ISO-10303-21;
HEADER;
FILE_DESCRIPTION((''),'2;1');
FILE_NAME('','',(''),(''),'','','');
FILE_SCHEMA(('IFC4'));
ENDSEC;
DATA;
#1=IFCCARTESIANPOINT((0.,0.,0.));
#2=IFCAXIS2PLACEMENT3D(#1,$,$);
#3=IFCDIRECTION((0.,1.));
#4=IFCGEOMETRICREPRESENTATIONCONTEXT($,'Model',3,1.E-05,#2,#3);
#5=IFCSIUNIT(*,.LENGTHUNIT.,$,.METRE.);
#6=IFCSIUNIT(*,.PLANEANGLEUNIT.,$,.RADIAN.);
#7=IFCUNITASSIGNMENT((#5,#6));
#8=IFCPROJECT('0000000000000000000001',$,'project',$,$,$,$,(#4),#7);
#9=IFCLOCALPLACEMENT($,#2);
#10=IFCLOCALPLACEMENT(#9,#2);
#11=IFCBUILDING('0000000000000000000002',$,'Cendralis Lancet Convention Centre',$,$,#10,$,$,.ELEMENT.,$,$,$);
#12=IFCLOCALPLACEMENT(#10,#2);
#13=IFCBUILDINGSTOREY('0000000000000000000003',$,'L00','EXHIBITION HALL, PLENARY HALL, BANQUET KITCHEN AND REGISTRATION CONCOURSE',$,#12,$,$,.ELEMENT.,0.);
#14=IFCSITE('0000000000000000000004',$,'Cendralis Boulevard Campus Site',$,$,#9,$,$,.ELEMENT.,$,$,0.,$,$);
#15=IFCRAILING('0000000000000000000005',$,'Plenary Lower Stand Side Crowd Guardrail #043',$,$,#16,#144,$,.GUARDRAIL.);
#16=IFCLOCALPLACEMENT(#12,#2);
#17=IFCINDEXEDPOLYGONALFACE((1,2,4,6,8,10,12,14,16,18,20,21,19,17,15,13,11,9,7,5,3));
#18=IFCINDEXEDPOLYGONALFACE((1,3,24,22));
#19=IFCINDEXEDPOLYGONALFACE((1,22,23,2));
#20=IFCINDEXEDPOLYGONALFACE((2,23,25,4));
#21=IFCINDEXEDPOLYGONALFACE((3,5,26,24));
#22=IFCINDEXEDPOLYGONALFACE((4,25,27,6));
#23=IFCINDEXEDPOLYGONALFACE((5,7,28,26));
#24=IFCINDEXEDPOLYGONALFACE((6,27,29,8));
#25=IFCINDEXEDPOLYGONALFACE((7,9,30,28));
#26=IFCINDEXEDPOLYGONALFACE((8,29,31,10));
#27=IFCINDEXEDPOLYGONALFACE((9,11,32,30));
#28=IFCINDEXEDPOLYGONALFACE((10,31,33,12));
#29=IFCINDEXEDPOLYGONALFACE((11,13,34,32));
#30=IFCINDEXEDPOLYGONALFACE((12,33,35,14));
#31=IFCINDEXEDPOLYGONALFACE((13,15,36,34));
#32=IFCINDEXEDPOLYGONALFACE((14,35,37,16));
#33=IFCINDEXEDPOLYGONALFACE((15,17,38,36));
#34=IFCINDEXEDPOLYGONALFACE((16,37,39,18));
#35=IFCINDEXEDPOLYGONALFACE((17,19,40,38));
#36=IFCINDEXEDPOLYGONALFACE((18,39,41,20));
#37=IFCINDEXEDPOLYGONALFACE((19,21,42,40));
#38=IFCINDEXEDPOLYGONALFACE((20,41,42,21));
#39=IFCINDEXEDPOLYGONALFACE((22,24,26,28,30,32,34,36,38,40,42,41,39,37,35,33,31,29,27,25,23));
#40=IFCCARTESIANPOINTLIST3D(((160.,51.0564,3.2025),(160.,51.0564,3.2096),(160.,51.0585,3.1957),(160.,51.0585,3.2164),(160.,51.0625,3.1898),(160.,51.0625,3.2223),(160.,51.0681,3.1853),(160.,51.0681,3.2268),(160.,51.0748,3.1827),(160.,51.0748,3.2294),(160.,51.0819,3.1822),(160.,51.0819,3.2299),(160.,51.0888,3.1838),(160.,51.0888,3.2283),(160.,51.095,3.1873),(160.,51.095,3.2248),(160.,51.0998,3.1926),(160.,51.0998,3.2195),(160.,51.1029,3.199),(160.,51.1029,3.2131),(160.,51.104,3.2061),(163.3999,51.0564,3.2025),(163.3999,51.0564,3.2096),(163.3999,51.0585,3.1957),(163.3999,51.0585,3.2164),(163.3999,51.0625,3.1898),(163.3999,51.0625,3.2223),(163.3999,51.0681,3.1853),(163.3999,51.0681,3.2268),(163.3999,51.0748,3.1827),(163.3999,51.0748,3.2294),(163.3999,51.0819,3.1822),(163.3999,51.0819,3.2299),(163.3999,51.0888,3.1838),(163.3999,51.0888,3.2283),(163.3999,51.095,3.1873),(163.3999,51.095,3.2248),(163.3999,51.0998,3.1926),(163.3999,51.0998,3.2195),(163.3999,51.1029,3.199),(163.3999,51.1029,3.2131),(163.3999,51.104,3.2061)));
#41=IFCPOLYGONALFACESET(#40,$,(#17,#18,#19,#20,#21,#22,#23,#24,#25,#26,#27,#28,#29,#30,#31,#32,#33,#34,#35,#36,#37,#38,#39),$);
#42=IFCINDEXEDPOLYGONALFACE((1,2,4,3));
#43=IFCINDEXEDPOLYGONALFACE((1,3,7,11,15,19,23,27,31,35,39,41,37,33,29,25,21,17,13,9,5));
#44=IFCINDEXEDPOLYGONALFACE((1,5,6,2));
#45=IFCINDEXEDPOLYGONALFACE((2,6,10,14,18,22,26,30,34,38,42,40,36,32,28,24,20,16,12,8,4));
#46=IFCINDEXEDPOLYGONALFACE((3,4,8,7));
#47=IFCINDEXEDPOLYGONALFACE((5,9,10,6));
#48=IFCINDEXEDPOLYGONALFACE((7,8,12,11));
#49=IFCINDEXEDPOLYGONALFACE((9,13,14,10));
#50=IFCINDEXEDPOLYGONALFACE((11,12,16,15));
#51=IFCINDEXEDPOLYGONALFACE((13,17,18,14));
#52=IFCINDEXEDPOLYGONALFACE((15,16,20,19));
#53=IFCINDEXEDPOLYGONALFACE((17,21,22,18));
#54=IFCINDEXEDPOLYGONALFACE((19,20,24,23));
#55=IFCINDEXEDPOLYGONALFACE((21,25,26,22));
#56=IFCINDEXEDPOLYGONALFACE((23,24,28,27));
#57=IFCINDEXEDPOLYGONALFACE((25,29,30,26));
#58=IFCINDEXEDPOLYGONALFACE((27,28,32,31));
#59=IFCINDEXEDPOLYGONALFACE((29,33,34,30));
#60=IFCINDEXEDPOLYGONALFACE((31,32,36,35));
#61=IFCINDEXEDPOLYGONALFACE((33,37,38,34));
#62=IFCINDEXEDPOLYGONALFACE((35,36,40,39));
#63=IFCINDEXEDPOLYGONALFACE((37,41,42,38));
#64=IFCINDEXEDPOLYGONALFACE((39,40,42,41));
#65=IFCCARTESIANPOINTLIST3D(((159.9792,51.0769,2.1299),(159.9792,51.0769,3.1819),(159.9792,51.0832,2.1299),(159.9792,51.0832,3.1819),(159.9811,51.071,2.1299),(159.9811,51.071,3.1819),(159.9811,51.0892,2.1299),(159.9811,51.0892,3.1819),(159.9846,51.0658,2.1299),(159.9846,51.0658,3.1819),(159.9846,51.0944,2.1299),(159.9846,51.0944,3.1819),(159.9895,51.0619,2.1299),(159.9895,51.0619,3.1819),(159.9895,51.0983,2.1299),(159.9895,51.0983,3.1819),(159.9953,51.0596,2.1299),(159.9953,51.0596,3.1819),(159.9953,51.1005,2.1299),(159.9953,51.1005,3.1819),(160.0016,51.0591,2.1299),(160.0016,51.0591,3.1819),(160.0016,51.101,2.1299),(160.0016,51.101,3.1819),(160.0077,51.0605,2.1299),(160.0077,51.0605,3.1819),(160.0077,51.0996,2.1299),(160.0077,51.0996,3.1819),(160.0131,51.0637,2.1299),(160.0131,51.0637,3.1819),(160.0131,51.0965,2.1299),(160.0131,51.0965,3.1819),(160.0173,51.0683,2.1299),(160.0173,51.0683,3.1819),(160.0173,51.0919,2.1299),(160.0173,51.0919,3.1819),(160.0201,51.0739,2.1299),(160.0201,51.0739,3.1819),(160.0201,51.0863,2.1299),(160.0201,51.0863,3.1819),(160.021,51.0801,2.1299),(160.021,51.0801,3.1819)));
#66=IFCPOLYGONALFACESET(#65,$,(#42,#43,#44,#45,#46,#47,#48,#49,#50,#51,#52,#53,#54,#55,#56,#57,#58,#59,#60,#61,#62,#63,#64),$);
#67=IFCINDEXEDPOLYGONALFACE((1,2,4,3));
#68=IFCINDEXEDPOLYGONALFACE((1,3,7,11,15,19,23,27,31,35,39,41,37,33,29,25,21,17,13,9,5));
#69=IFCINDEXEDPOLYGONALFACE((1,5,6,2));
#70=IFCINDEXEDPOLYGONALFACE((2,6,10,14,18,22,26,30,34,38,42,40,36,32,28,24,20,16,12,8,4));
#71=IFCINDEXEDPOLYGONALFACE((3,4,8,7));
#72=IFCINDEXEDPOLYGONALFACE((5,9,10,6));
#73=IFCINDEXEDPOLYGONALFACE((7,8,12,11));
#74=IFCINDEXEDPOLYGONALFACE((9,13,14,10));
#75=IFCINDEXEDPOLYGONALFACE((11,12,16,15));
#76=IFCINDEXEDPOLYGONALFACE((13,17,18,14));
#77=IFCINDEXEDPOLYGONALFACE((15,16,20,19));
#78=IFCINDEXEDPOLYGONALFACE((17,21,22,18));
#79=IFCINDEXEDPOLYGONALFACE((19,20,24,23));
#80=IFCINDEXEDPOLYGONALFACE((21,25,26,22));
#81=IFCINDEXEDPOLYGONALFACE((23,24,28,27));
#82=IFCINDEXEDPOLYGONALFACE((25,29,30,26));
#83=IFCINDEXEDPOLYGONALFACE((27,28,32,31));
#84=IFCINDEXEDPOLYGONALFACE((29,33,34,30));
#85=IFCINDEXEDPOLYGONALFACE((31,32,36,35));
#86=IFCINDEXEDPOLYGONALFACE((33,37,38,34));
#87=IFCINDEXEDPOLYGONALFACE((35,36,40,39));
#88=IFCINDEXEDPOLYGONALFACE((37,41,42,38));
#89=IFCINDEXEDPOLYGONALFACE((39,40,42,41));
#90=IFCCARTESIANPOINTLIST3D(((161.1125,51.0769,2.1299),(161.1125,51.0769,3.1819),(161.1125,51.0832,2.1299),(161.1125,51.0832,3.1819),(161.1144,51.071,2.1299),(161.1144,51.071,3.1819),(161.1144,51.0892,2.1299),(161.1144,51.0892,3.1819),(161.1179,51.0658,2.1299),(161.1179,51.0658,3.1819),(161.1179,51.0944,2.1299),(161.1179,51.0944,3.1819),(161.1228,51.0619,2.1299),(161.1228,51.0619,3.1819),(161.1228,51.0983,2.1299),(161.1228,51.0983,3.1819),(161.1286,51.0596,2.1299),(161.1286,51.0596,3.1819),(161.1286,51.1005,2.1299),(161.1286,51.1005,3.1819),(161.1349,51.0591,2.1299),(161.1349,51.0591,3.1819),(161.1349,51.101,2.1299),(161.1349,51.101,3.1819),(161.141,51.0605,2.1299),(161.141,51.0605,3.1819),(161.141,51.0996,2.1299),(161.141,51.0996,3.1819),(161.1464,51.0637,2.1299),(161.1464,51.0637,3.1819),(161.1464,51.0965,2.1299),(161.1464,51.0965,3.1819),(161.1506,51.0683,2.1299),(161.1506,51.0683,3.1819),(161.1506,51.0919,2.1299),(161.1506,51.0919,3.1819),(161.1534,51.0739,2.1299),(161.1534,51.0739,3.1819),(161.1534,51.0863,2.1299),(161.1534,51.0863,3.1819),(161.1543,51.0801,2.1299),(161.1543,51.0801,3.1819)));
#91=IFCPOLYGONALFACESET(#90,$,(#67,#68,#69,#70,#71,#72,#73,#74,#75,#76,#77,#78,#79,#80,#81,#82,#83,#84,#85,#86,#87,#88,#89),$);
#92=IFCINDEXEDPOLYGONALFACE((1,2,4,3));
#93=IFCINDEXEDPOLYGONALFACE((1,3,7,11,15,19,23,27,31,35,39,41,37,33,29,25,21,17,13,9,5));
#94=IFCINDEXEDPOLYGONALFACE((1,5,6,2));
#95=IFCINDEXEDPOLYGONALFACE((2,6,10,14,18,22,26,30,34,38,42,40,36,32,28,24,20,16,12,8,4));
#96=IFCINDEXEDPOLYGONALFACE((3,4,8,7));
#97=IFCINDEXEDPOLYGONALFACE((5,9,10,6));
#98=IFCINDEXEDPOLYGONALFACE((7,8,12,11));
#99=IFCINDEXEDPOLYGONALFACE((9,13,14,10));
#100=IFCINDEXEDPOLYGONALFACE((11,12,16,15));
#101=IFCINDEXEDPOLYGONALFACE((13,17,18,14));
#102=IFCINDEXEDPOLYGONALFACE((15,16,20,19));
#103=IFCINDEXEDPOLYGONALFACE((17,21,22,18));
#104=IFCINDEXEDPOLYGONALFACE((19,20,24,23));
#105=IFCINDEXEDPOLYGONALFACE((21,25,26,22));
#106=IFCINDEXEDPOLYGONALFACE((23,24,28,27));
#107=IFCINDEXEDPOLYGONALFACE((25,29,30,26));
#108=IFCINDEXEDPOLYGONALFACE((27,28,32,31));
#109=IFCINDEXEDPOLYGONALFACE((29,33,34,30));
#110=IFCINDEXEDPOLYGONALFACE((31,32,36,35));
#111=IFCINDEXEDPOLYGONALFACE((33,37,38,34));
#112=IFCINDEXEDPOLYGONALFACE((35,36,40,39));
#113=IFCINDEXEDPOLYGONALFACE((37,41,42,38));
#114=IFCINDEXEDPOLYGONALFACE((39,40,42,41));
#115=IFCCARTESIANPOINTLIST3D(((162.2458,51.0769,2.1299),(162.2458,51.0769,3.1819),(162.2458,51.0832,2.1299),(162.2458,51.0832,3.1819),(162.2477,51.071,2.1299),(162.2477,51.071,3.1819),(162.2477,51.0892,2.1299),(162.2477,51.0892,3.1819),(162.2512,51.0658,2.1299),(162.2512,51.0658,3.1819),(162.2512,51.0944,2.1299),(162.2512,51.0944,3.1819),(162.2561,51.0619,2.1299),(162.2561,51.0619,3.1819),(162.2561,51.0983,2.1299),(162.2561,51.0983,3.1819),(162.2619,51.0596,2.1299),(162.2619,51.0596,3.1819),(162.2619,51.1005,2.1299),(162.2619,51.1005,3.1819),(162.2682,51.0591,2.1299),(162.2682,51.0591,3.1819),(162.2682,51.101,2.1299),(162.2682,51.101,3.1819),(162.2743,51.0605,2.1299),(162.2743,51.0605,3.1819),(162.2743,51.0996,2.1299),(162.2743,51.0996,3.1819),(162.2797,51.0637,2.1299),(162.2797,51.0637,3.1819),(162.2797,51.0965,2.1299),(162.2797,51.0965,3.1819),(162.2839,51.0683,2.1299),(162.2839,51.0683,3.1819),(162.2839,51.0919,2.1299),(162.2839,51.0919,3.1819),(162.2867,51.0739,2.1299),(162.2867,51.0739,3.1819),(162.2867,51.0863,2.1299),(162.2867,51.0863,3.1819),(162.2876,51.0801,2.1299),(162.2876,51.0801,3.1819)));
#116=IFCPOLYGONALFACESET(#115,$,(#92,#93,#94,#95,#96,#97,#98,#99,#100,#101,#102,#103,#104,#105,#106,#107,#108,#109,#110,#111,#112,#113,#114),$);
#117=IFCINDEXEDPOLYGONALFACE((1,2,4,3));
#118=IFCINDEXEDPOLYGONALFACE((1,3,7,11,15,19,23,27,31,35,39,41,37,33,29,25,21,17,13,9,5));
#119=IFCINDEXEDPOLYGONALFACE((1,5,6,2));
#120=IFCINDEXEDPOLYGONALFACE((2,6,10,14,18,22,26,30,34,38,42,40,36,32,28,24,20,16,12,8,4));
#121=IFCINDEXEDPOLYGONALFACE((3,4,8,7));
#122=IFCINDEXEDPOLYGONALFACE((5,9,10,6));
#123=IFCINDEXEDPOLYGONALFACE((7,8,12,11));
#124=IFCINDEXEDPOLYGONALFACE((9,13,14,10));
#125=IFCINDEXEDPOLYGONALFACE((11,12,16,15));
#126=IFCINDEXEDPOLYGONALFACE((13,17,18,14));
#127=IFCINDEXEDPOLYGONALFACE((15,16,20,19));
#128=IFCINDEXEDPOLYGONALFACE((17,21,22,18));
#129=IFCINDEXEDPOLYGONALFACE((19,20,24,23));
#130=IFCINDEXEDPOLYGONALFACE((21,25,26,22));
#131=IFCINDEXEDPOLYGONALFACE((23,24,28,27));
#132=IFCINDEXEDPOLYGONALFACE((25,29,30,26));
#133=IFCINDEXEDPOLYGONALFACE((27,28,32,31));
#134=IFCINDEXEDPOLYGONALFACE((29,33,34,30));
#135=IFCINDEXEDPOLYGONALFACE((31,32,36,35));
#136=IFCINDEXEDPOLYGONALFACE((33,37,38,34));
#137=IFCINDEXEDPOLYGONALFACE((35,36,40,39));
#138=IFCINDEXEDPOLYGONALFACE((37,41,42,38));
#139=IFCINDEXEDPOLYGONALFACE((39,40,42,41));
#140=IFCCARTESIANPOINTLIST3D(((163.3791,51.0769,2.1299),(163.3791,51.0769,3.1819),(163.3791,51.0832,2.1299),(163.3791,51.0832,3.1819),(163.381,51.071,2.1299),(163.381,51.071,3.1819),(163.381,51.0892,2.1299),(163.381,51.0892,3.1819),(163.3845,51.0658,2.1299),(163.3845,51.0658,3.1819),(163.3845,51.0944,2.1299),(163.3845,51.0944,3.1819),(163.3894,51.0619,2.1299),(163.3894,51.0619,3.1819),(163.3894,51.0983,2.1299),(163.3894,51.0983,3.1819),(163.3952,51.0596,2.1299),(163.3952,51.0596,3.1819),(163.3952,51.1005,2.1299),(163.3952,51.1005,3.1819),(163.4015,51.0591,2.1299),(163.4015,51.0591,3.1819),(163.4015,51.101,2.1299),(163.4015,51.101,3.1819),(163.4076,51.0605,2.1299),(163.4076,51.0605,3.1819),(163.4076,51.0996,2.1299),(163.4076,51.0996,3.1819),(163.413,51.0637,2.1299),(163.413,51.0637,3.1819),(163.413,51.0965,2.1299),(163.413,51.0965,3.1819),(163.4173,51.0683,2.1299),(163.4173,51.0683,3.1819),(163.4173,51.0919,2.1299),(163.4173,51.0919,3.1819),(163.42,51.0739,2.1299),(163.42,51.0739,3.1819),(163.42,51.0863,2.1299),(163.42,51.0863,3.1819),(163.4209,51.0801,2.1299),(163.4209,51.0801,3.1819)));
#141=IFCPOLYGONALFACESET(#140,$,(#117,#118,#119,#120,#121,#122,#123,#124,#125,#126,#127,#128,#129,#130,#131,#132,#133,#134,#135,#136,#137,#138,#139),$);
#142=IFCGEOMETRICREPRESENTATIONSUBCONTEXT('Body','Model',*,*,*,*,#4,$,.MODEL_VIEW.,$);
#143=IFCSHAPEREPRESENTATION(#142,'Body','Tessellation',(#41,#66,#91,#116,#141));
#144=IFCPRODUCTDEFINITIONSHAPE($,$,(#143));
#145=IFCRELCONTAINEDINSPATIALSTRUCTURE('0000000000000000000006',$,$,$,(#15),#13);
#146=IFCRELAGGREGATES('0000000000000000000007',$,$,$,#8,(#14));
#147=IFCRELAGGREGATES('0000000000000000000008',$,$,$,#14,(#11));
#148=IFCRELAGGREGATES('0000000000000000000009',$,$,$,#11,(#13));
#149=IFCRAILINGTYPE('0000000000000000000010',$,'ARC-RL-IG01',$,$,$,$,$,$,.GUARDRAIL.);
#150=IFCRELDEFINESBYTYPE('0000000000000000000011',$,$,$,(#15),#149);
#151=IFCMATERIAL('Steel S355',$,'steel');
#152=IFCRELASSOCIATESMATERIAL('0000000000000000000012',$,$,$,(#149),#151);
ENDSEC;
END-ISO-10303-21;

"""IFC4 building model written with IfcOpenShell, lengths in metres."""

from ifc_helpers import new_model, si_unit, direction, frame, origin, origin_2d, place, context, subcontext, project, spatial, circle, extrude, material, type_object, element, save


model = new_model("IFC4")

# Units and contexts
model_context = context("Model", 3, precision=1e-05, world=origin(), true_north=direction((0.0, 1.0)))
body_context = subcontext(model_context, "Body", "Model", "MODEL_VIEW")
ifc_project = project(units=[si_unit("LENGTHUNIT", "METRE"), si_unit("PLANEANGLEUNIT", "RADIAN")], contexts=[model_context])

# Site, building, storey
site_placement = place(None, origin())
site = spatial("IfcSite", under=ifc_project, at=site_placement, Name="Cendralis Boulevard Campus Site", CompositionType="ELEMENT", RefElevation=0.0)
building_placement = place(site_placement, origin())
building = spatial("IfcBuilding", under=site, at=building_placement, Name="Cendralis Lancet Convention Centre", CompositionType="ELEMENT")
storey_placement = place(building_placement, origin())
storey = spatial("IfcBuildingStorey", under=building, at=storey_placement, Name="L00", Description="EXHIBITION HALL, PLENARY HALL, BANQUET KITCHEN AND REGISTRATION CONCOURSE", CompositionType="ELEMENT", Elevation=0.0)

# Railing
ifc_material_1 = material(Name="Steel S355", Category="steel")
railing_type = type_object("IfcRailingType", Name="ARC-RL-IG01", PredefinedType="GUARDRAIL", material=ifc_material_1)
for number, where, name in (
    (1, (160.0, 51.0801, 2.1299), "Plenary Lower Stand Side Crowd Guardrail #043"),
):
    element("IfcRailing", number, at=place(storey_placement, frame(where)), inside=storey, type_object=railing_type, Name=name, PredefinedType="GUARDRAIL", context=body_context, shape_type="SweptSolid", body=[
        extrude(circle(Radius=0.0239, at=origin_2d()), frame((0.0, 0.0, 1.0762), z_axis=(1.0, 0.0, 0.0), x_axis=(0.0, 1.0, 0.0)), (0.0, 0.0, 1.0), 3.3999),
        extrude(circle(Radius=0.021, at=origin_2d()), origin(), (0.0, 0.0, 1.0), 1.052),
        extrude(circle(Radius=0.021, at=origin_2d()), frame((1.1333, 0.0, 0.0)), (0.0, 0.0, 1.0), 1.052),
        extrude(circle(Radius=0.021, at=origin_2d()), frame((2.2666, 0.0, 0.0)), (0.0, 0.0, 1.0), 1.052),
        extrude(circle(Radius=0.021, at=origin_2d()), frame((3.3999, 0.0, 0.0)), (0.0, 0.0, 1.0), 1.052),
    ])

save(model, "model.ifc")
